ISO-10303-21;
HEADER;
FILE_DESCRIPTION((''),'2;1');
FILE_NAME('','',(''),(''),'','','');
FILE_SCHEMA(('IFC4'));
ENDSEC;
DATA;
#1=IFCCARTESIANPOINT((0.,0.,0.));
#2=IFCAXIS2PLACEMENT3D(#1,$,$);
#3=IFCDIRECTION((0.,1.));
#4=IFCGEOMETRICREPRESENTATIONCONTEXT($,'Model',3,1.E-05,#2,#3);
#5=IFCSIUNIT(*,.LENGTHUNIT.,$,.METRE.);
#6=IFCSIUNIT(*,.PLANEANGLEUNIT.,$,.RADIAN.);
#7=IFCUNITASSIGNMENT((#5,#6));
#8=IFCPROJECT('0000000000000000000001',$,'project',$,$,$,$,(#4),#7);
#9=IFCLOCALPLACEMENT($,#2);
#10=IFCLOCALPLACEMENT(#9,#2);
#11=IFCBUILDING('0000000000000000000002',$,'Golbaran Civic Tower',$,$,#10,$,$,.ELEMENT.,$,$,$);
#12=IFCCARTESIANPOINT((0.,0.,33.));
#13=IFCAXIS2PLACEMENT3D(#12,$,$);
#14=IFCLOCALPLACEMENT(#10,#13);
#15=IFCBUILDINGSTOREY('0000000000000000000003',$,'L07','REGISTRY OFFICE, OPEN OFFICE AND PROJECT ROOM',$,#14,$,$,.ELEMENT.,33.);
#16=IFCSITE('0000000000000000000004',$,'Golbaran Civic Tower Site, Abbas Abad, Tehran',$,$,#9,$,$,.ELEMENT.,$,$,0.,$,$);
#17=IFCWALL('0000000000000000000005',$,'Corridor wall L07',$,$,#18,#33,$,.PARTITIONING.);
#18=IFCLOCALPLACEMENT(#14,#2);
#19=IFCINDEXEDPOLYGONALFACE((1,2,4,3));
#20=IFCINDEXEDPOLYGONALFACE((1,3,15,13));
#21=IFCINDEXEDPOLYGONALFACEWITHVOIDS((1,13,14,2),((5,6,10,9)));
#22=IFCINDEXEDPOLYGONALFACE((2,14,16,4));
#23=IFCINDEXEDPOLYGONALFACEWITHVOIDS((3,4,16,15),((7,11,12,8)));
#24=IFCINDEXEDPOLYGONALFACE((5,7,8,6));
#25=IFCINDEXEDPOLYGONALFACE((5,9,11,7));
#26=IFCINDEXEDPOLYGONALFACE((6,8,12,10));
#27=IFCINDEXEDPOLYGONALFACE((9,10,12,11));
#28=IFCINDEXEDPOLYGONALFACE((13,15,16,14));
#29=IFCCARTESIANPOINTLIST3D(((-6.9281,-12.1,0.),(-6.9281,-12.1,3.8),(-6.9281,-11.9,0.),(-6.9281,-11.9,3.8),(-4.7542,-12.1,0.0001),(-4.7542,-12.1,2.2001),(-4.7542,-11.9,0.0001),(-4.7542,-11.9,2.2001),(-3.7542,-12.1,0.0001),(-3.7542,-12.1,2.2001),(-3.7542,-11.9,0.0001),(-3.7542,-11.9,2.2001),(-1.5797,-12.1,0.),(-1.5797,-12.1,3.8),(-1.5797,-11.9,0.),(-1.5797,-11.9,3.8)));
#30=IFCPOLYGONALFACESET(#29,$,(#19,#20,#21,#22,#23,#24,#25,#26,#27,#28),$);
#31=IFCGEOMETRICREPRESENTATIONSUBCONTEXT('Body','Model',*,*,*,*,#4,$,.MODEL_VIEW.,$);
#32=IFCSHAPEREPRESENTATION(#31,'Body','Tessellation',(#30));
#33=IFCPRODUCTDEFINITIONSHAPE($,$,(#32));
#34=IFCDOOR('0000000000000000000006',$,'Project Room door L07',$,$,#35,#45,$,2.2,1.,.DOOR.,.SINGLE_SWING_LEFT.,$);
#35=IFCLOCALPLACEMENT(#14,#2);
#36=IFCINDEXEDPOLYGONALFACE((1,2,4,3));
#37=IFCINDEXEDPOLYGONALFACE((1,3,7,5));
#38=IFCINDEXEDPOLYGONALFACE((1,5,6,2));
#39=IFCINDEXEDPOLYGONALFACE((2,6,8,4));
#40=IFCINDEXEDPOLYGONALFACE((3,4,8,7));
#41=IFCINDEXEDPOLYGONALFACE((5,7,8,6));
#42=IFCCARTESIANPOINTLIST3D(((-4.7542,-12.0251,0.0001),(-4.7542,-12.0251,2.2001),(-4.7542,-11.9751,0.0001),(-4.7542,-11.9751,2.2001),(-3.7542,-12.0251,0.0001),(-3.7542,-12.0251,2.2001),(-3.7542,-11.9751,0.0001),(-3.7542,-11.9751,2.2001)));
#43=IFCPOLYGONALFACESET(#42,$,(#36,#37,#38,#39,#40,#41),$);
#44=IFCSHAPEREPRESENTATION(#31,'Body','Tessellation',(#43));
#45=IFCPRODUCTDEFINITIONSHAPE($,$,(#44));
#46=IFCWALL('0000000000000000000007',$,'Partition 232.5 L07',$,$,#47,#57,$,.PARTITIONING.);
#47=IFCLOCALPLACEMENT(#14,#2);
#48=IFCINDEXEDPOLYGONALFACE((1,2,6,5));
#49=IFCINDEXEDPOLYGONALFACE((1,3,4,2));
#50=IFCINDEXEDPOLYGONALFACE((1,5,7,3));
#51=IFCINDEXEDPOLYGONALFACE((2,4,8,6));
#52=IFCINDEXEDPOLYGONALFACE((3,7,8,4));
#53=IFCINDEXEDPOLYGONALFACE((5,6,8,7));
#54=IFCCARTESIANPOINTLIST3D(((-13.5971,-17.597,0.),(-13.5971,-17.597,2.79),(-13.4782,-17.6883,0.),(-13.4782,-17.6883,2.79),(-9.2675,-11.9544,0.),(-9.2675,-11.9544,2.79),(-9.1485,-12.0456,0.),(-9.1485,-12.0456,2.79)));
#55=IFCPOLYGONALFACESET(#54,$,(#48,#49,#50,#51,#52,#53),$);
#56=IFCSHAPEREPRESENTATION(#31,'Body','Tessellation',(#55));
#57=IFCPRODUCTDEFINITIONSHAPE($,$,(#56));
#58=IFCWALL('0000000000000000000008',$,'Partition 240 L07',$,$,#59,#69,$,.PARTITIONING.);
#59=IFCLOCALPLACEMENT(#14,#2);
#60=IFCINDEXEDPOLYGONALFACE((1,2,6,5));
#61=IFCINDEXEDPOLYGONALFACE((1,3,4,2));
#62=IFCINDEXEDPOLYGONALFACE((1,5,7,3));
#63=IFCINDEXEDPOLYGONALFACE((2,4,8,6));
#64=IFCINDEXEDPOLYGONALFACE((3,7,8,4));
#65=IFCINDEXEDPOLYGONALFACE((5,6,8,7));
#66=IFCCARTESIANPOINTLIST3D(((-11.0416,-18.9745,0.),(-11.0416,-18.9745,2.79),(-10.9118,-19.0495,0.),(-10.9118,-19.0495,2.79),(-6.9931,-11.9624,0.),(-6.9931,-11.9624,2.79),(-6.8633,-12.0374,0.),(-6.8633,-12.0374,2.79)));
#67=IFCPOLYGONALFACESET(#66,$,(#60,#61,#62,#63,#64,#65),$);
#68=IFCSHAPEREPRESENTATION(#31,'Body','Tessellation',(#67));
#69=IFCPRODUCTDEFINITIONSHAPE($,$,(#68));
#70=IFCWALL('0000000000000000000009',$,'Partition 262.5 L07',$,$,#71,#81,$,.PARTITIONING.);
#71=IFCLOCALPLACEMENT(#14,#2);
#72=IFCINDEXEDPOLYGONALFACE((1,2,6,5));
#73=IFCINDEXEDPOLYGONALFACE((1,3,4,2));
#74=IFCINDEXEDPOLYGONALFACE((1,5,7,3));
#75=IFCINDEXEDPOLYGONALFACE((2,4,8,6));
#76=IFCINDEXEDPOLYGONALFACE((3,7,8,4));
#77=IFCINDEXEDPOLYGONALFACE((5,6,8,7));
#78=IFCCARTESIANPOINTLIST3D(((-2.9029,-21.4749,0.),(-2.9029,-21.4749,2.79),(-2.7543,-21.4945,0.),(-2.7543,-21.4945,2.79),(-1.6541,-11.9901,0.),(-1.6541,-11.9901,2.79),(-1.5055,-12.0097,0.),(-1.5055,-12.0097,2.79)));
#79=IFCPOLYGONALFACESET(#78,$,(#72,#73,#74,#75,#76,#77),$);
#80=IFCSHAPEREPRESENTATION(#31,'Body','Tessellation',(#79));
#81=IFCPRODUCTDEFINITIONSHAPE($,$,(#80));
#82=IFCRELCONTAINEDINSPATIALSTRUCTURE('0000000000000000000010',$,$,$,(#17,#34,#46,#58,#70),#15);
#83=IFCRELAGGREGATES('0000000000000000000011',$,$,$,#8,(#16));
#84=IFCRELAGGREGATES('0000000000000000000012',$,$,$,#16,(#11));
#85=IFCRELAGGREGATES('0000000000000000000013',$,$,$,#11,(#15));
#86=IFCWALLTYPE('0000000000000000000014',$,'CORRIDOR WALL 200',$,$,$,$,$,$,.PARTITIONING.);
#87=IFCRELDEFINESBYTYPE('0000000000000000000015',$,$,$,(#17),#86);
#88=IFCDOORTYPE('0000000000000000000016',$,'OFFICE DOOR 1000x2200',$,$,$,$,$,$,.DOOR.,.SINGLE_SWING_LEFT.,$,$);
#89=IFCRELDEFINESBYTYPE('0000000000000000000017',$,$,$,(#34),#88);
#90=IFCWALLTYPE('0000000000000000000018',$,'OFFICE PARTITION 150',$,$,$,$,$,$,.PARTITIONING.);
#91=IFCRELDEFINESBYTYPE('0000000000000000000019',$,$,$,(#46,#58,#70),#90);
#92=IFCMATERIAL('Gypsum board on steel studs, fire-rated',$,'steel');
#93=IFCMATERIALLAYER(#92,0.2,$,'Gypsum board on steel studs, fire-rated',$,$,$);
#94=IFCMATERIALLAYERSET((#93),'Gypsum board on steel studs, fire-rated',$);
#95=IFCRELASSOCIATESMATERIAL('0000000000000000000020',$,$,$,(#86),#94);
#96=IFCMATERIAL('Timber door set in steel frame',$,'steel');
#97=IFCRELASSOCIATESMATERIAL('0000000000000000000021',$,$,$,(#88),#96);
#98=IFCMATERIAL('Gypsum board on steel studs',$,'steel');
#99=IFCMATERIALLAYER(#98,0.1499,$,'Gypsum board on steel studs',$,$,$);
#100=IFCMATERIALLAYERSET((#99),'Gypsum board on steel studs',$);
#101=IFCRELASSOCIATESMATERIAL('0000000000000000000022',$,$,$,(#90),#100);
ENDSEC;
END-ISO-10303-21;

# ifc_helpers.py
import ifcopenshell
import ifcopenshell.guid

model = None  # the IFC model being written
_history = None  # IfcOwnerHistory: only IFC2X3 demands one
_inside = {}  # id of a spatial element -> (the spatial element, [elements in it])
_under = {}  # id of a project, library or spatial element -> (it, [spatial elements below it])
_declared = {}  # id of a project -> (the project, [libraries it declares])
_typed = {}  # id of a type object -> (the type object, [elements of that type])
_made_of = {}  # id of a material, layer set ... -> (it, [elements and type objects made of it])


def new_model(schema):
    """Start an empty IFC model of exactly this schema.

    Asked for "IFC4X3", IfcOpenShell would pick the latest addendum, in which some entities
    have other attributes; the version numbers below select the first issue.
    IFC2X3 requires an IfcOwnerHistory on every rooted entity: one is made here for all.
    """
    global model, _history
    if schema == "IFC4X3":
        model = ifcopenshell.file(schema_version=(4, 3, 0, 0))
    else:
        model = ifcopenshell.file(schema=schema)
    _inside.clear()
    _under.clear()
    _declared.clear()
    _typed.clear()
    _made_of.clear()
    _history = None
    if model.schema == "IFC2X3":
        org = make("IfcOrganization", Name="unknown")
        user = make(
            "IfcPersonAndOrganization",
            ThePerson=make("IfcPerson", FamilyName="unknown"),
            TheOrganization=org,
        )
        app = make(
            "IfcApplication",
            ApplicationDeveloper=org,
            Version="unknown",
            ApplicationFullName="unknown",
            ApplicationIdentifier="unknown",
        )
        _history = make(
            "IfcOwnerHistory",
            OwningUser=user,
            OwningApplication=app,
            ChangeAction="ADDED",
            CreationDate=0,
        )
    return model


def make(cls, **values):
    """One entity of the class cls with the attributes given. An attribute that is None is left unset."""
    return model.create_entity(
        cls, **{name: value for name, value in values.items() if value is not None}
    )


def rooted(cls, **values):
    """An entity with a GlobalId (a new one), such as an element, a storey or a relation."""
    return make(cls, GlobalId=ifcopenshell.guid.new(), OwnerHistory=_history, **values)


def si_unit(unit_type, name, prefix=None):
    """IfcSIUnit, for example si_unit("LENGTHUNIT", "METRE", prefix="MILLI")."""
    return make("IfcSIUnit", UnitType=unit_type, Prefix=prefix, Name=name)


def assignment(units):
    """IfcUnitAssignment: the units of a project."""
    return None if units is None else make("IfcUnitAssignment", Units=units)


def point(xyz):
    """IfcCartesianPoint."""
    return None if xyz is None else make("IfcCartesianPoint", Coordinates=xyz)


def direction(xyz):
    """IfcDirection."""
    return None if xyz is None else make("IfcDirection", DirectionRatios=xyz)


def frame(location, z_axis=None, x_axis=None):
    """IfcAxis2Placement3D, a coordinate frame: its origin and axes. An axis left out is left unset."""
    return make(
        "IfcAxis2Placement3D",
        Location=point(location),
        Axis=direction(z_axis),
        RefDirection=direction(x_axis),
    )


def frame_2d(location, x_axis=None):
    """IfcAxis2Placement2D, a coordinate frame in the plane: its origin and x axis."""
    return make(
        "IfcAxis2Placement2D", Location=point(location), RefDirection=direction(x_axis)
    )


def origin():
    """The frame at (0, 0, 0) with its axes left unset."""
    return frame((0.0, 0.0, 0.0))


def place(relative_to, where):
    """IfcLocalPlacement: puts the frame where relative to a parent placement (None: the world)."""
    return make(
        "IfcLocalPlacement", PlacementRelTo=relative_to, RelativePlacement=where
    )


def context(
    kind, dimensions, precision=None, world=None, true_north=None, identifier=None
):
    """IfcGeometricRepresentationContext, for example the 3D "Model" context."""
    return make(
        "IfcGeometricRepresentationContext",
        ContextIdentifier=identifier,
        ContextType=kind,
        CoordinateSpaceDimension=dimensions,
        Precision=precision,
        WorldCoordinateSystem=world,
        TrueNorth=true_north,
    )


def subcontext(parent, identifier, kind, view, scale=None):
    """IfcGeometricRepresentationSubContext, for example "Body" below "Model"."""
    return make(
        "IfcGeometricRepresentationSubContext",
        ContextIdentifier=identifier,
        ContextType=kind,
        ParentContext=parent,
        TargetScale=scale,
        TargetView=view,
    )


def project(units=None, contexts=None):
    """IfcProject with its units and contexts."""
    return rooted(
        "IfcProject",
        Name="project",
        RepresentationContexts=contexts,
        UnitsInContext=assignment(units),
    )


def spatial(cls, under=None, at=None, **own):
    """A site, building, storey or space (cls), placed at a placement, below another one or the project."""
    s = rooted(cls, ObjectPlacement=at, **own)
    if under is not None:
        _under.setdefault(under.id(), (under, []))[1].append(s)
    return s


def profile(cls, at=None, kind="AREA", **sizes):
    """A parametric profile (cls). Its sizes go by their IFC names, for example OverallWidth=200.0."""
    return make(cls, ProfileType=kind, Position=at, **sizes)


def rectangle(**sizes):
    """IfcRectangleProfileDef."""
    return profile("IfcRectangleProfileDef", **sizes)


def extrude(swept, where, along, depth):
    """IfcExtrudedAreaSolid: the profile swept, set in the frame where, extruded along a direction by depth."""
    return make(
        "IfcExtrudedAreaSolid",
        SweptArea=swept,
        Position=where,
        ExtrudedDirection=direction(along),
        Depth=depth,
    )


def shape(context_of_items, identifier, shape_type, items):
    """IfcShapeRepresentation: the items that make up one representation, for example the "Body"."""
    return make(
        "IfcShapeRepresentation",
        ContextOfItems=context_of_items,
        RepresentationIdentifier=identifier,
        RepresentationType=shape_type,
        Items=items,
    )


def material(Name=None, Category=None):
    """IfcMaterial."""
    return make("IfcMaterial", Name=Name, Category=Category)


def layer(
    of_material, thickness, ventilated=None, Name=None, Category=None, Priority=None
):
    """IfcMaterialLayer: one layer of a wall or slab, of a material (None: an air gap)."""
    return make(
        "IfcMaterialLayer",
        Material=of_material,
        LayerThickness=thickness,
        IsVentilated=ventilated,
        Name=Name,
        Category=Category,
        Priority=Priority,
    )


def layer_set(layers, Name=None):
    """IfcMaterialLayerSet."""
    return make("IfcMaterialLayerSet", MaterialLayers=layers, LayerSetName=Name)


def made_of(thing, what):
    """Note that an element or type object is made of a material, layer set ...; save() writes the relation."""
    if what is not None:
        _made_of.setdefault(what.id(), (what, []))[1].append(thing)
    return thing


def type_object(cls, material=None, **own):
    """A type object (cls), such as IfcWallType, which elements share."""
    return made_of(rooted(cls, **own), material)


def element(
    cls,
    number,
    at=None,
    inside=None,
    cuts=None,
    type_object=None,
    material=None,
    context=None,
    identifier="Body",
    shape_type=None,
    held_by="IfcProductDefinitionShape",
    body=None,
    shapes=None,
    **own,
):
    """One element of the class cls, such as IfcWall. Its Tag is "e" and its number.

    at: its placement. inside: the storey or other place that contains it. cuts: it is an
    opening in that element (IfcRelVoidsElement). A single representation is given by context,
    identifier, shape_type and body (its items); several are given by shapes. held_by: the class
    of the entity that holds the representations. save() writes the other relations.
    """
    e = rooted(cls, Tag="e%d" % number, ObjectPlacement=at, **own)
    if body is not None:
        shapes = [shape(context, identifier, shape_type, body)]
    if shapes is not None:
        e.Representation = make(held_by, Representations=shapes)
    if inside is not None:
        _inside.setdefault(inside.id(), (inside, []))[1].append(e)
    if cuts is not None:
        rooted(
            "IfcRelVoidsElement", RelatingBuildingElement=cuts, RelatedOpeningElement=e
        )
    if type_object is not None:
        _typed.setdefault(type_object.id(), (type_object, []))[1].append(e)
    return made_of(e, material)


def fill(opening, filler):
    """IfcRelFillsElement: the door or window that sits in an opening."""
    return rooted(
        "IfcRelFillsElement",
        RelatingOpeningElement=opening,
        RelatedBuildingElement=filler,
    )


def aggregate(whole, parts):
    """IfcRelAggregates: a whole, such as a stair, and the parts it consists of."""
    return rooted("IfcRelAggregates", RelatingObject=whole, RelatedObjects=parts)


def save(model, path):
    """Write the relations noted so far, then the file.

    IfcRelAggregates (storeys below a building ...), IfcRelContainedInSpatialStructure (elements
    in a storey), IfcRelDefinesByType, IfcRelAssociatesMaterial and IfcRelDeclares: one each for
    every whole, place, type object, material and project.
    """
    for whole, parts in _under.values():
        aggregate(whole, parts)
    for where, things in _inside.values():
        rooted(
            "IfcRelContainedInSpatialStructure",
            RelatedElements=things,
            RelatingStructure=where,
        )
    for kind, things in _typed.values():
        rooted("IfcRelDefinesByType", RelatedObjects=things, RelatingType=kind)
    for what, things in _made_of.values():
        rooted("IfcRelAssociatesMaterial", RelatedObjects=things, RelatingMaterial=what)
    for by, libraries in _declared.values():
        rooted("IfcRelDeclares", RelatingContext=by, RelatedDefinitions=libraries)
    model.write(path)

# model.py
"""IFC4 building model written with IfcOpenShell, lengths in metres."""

from ifc_helpers import new_model, si_unit, direction, frame, frame_2d, origin, place, context, subcontext, project, spatial, rectangle, extrude, material, layer, layer_set, type_object, element, fill, save


model = new_model("IFC4")

# Units and contexts
model_context = context("Model", 3, precision=1e-05, world=origin(), true_north=direction((0.0, 1.0)))
body_context = subcontext(model_context, "Body", "Model", "MODEL_VIEW")
ifc_project = project(units=[si_unit("LENGTHUNIT", "METRE"), si_unit("PLANEANGLEUNIT", "RADIAN")], contexts=[model_context])

# Site, building, storey
site_placement = place(None, origin())
site = spatial("IfcSite", under=ifc_project, at=site_placement, Name="Golbaran Civic Tower Site, Abbas Abad, Tehran", CompositionType="ELEMENT", RefElevation=0.0)
building_placement = place(site_placement, origin())
building = spatial("IfcBuilding", under=site, at=building_placement, Name="Golbaran Civic Tower", CompositionType="ELEMENT")
storey_placement = place(building_placement, frame((0.0, 0.0, 33.0)))
storey = spatial("IfcBuildingStorey", under=building, at=storey_placement, Name="L07", Description="REGISTRY OFFICE, OPEN OFFICE AND PROJECT ROOM", CompositionType="ELEMENT", Elevation=33.0)

# Shared definitions
ifc_material_1 = material(Name="Gypsum board on steel studs, fire-rated", Category="steel")
ifc_layer_1 = layer(ifc_material_1, 0.2, Name="Gypsum board on steel studs, fire-rated")
ifc_layer_set_1 = layer_set([ifc_layer_1], Name="Gypsum board on steel studs, fire-rated")
wall_type_1 = type_object("IfcWallType", Name="CORRIDOR WALL 200", PredefinedType="PARTITIONING", material=ifc_layer_set_1)

# Wall, opening, door
ifc_material_2 = material(Name="Timber door set in steel frame", Category="steel")
door_type = type_object("IfcDoorType", Name="OFFICE DOOR 1000x2200", OperationType="SINGLE_SWING_LEFT", PredefinedType="DOOR", material=ifc_material_2)
wall_1_placement = place(storey_placement, frame((-6.9282, -12.0, 0.0), z_axis=(0.0, 0.0, 1.0), x_axis=(1.0, 0.0, 0.0)))
wall_1 = element("IfcWall", 1, at=wall_1_placement, inside=storey, type_object=wall_type_1, Name="Corridor wall L07", PredefinedType="PARTITIONING", context=body_context, shape_type="SweptSolid", body=[
    extrude(rectangle(XDim=5.3484, YDim=0.2, at=frame_2d((2.6743, 0.0))), origin(), (0.0, 0.0, 1.0), 3.8),
])
opening_1_placement = place(wall_1_placement, frame((2.1741, 0.0, 0.0)))
opening_1 = element("IfcOpeningElement", 2, at=opening_1_placement, cuts=wall_1, PredefinedType="OPENING", context=body_context, shape_type="SweptSolid", body=[
    extrude(rectangle(XDim=1.0, YDim=2.2, at=frame_2d((0.5, 1.1001))), frame((0.0, 0.1099, 0.0), z_axis=(0.0, -1.0, 0.0), x_axis=(1.0, 0.0, 0.0)), (0.0, 0.0, 1.0), 0.22),
])
door_1_placement = place(opening_1_placement, origin())
door_1 = element("IfcDoor", 3, at=door_1_placement, inside=storey, type_object=door_type, Name="Project Room door L07", OperationType="SINGLE_SWING_LEFT", OverallHeight=2.2, OverallWidth=1.0, PredefinedType="DOOR", context=body_context, shape_type="SweptSolid", body=[
    extrude(rectangle(XDim=1.0, YDim=2.2, at=frame_2d((0.5, 1.1001))), frame((0.0, 0.0249, 0.0), z_axis=(0.0, -1.0, 0.0), x_axis=(1.0, 0.0, 0.0)), (0.0, 0.0, 1.0), 0.05),
])
fill(opening_1, door_1)

# Walls
ifc_material_3 = material(Name="Gypsum board on steel studs", Category="steel")
ifc_layer_2 = layer(ifc_material_3, 0.1499, Name="Gypsum board on steel studs")
ifc_layer_set_2 = layer_set([ifc_layer_2], Name="Gypsum board on steel studs")
wall_type_2 = type_object("IfcWallType", Name="OFFICE PARTITION 150", PredefinedType="PARTITIONING", material=ifc_layer_set_2)
wall_2_placement = place(storey_placement, frame((-9.208, -12.0, 0.0), z_axis=(0.0, 0.0, 1.0), x_axis=(-0.608751, -0.793361, 0.0)))
element("IfcWall", 4, at=wall_2_placement, inside=storey, type_object=wall_type_2, Name="Partition 232.5 L07", PredefinedType="PARTITIONING", context=body_context, shape_type="SweptSolid", body=[
    extrude(rectangle(XDim=7.1123, YDim=0.1499, at=frame_2d((3.5562, 0.0))), origin(), (0.0, 0.0, 1.0), 2.79),
])
wall_3_placement = place(storey_placement, frame((-6.9282, -12.0, 0.0), z_axis=(0.0, 0.0, 1.0), x_axis=(-0.500008, -0.866021, 0.0)))
element("IfcWall", 5, at=wall_3_placement, inside=storey, type_object=wall_type_2, Name="Partition 240 L07", PredefinedType="PARTITIONING", context=body_context, shape_type="SweptSolid", body=[
    extrude(rectangle(XDim=8.0969, YDim=0.1499, at=frame_2d((4.0483, 0.0))), origin(), (0.0, 0.0, 1.0), 2.79),
])
wall_4_placement = place(storey_placement, frame((-1.5798, -12.0, 0.0), z_axis=(0.0, 0.0, 1.0), x_axis=(-0.130534, -0.991444, 0.0)))
element("IfcWall", 6, at=wall_4_placement, inside=storey, type_object=wall_type_2, Name="Partition 262.5 L07", PredefinedType="PARTITIONING", context=body_context, shape_type="SweptSolid", body=[
    extrude(rectangle(XDim=9.5667, YDim=0.1499, at=frame_2d((4.7832, 0.0))), origin(), (0.0, 0.0, 1.0), 2.79),
])

save(model, "model.ifc")
